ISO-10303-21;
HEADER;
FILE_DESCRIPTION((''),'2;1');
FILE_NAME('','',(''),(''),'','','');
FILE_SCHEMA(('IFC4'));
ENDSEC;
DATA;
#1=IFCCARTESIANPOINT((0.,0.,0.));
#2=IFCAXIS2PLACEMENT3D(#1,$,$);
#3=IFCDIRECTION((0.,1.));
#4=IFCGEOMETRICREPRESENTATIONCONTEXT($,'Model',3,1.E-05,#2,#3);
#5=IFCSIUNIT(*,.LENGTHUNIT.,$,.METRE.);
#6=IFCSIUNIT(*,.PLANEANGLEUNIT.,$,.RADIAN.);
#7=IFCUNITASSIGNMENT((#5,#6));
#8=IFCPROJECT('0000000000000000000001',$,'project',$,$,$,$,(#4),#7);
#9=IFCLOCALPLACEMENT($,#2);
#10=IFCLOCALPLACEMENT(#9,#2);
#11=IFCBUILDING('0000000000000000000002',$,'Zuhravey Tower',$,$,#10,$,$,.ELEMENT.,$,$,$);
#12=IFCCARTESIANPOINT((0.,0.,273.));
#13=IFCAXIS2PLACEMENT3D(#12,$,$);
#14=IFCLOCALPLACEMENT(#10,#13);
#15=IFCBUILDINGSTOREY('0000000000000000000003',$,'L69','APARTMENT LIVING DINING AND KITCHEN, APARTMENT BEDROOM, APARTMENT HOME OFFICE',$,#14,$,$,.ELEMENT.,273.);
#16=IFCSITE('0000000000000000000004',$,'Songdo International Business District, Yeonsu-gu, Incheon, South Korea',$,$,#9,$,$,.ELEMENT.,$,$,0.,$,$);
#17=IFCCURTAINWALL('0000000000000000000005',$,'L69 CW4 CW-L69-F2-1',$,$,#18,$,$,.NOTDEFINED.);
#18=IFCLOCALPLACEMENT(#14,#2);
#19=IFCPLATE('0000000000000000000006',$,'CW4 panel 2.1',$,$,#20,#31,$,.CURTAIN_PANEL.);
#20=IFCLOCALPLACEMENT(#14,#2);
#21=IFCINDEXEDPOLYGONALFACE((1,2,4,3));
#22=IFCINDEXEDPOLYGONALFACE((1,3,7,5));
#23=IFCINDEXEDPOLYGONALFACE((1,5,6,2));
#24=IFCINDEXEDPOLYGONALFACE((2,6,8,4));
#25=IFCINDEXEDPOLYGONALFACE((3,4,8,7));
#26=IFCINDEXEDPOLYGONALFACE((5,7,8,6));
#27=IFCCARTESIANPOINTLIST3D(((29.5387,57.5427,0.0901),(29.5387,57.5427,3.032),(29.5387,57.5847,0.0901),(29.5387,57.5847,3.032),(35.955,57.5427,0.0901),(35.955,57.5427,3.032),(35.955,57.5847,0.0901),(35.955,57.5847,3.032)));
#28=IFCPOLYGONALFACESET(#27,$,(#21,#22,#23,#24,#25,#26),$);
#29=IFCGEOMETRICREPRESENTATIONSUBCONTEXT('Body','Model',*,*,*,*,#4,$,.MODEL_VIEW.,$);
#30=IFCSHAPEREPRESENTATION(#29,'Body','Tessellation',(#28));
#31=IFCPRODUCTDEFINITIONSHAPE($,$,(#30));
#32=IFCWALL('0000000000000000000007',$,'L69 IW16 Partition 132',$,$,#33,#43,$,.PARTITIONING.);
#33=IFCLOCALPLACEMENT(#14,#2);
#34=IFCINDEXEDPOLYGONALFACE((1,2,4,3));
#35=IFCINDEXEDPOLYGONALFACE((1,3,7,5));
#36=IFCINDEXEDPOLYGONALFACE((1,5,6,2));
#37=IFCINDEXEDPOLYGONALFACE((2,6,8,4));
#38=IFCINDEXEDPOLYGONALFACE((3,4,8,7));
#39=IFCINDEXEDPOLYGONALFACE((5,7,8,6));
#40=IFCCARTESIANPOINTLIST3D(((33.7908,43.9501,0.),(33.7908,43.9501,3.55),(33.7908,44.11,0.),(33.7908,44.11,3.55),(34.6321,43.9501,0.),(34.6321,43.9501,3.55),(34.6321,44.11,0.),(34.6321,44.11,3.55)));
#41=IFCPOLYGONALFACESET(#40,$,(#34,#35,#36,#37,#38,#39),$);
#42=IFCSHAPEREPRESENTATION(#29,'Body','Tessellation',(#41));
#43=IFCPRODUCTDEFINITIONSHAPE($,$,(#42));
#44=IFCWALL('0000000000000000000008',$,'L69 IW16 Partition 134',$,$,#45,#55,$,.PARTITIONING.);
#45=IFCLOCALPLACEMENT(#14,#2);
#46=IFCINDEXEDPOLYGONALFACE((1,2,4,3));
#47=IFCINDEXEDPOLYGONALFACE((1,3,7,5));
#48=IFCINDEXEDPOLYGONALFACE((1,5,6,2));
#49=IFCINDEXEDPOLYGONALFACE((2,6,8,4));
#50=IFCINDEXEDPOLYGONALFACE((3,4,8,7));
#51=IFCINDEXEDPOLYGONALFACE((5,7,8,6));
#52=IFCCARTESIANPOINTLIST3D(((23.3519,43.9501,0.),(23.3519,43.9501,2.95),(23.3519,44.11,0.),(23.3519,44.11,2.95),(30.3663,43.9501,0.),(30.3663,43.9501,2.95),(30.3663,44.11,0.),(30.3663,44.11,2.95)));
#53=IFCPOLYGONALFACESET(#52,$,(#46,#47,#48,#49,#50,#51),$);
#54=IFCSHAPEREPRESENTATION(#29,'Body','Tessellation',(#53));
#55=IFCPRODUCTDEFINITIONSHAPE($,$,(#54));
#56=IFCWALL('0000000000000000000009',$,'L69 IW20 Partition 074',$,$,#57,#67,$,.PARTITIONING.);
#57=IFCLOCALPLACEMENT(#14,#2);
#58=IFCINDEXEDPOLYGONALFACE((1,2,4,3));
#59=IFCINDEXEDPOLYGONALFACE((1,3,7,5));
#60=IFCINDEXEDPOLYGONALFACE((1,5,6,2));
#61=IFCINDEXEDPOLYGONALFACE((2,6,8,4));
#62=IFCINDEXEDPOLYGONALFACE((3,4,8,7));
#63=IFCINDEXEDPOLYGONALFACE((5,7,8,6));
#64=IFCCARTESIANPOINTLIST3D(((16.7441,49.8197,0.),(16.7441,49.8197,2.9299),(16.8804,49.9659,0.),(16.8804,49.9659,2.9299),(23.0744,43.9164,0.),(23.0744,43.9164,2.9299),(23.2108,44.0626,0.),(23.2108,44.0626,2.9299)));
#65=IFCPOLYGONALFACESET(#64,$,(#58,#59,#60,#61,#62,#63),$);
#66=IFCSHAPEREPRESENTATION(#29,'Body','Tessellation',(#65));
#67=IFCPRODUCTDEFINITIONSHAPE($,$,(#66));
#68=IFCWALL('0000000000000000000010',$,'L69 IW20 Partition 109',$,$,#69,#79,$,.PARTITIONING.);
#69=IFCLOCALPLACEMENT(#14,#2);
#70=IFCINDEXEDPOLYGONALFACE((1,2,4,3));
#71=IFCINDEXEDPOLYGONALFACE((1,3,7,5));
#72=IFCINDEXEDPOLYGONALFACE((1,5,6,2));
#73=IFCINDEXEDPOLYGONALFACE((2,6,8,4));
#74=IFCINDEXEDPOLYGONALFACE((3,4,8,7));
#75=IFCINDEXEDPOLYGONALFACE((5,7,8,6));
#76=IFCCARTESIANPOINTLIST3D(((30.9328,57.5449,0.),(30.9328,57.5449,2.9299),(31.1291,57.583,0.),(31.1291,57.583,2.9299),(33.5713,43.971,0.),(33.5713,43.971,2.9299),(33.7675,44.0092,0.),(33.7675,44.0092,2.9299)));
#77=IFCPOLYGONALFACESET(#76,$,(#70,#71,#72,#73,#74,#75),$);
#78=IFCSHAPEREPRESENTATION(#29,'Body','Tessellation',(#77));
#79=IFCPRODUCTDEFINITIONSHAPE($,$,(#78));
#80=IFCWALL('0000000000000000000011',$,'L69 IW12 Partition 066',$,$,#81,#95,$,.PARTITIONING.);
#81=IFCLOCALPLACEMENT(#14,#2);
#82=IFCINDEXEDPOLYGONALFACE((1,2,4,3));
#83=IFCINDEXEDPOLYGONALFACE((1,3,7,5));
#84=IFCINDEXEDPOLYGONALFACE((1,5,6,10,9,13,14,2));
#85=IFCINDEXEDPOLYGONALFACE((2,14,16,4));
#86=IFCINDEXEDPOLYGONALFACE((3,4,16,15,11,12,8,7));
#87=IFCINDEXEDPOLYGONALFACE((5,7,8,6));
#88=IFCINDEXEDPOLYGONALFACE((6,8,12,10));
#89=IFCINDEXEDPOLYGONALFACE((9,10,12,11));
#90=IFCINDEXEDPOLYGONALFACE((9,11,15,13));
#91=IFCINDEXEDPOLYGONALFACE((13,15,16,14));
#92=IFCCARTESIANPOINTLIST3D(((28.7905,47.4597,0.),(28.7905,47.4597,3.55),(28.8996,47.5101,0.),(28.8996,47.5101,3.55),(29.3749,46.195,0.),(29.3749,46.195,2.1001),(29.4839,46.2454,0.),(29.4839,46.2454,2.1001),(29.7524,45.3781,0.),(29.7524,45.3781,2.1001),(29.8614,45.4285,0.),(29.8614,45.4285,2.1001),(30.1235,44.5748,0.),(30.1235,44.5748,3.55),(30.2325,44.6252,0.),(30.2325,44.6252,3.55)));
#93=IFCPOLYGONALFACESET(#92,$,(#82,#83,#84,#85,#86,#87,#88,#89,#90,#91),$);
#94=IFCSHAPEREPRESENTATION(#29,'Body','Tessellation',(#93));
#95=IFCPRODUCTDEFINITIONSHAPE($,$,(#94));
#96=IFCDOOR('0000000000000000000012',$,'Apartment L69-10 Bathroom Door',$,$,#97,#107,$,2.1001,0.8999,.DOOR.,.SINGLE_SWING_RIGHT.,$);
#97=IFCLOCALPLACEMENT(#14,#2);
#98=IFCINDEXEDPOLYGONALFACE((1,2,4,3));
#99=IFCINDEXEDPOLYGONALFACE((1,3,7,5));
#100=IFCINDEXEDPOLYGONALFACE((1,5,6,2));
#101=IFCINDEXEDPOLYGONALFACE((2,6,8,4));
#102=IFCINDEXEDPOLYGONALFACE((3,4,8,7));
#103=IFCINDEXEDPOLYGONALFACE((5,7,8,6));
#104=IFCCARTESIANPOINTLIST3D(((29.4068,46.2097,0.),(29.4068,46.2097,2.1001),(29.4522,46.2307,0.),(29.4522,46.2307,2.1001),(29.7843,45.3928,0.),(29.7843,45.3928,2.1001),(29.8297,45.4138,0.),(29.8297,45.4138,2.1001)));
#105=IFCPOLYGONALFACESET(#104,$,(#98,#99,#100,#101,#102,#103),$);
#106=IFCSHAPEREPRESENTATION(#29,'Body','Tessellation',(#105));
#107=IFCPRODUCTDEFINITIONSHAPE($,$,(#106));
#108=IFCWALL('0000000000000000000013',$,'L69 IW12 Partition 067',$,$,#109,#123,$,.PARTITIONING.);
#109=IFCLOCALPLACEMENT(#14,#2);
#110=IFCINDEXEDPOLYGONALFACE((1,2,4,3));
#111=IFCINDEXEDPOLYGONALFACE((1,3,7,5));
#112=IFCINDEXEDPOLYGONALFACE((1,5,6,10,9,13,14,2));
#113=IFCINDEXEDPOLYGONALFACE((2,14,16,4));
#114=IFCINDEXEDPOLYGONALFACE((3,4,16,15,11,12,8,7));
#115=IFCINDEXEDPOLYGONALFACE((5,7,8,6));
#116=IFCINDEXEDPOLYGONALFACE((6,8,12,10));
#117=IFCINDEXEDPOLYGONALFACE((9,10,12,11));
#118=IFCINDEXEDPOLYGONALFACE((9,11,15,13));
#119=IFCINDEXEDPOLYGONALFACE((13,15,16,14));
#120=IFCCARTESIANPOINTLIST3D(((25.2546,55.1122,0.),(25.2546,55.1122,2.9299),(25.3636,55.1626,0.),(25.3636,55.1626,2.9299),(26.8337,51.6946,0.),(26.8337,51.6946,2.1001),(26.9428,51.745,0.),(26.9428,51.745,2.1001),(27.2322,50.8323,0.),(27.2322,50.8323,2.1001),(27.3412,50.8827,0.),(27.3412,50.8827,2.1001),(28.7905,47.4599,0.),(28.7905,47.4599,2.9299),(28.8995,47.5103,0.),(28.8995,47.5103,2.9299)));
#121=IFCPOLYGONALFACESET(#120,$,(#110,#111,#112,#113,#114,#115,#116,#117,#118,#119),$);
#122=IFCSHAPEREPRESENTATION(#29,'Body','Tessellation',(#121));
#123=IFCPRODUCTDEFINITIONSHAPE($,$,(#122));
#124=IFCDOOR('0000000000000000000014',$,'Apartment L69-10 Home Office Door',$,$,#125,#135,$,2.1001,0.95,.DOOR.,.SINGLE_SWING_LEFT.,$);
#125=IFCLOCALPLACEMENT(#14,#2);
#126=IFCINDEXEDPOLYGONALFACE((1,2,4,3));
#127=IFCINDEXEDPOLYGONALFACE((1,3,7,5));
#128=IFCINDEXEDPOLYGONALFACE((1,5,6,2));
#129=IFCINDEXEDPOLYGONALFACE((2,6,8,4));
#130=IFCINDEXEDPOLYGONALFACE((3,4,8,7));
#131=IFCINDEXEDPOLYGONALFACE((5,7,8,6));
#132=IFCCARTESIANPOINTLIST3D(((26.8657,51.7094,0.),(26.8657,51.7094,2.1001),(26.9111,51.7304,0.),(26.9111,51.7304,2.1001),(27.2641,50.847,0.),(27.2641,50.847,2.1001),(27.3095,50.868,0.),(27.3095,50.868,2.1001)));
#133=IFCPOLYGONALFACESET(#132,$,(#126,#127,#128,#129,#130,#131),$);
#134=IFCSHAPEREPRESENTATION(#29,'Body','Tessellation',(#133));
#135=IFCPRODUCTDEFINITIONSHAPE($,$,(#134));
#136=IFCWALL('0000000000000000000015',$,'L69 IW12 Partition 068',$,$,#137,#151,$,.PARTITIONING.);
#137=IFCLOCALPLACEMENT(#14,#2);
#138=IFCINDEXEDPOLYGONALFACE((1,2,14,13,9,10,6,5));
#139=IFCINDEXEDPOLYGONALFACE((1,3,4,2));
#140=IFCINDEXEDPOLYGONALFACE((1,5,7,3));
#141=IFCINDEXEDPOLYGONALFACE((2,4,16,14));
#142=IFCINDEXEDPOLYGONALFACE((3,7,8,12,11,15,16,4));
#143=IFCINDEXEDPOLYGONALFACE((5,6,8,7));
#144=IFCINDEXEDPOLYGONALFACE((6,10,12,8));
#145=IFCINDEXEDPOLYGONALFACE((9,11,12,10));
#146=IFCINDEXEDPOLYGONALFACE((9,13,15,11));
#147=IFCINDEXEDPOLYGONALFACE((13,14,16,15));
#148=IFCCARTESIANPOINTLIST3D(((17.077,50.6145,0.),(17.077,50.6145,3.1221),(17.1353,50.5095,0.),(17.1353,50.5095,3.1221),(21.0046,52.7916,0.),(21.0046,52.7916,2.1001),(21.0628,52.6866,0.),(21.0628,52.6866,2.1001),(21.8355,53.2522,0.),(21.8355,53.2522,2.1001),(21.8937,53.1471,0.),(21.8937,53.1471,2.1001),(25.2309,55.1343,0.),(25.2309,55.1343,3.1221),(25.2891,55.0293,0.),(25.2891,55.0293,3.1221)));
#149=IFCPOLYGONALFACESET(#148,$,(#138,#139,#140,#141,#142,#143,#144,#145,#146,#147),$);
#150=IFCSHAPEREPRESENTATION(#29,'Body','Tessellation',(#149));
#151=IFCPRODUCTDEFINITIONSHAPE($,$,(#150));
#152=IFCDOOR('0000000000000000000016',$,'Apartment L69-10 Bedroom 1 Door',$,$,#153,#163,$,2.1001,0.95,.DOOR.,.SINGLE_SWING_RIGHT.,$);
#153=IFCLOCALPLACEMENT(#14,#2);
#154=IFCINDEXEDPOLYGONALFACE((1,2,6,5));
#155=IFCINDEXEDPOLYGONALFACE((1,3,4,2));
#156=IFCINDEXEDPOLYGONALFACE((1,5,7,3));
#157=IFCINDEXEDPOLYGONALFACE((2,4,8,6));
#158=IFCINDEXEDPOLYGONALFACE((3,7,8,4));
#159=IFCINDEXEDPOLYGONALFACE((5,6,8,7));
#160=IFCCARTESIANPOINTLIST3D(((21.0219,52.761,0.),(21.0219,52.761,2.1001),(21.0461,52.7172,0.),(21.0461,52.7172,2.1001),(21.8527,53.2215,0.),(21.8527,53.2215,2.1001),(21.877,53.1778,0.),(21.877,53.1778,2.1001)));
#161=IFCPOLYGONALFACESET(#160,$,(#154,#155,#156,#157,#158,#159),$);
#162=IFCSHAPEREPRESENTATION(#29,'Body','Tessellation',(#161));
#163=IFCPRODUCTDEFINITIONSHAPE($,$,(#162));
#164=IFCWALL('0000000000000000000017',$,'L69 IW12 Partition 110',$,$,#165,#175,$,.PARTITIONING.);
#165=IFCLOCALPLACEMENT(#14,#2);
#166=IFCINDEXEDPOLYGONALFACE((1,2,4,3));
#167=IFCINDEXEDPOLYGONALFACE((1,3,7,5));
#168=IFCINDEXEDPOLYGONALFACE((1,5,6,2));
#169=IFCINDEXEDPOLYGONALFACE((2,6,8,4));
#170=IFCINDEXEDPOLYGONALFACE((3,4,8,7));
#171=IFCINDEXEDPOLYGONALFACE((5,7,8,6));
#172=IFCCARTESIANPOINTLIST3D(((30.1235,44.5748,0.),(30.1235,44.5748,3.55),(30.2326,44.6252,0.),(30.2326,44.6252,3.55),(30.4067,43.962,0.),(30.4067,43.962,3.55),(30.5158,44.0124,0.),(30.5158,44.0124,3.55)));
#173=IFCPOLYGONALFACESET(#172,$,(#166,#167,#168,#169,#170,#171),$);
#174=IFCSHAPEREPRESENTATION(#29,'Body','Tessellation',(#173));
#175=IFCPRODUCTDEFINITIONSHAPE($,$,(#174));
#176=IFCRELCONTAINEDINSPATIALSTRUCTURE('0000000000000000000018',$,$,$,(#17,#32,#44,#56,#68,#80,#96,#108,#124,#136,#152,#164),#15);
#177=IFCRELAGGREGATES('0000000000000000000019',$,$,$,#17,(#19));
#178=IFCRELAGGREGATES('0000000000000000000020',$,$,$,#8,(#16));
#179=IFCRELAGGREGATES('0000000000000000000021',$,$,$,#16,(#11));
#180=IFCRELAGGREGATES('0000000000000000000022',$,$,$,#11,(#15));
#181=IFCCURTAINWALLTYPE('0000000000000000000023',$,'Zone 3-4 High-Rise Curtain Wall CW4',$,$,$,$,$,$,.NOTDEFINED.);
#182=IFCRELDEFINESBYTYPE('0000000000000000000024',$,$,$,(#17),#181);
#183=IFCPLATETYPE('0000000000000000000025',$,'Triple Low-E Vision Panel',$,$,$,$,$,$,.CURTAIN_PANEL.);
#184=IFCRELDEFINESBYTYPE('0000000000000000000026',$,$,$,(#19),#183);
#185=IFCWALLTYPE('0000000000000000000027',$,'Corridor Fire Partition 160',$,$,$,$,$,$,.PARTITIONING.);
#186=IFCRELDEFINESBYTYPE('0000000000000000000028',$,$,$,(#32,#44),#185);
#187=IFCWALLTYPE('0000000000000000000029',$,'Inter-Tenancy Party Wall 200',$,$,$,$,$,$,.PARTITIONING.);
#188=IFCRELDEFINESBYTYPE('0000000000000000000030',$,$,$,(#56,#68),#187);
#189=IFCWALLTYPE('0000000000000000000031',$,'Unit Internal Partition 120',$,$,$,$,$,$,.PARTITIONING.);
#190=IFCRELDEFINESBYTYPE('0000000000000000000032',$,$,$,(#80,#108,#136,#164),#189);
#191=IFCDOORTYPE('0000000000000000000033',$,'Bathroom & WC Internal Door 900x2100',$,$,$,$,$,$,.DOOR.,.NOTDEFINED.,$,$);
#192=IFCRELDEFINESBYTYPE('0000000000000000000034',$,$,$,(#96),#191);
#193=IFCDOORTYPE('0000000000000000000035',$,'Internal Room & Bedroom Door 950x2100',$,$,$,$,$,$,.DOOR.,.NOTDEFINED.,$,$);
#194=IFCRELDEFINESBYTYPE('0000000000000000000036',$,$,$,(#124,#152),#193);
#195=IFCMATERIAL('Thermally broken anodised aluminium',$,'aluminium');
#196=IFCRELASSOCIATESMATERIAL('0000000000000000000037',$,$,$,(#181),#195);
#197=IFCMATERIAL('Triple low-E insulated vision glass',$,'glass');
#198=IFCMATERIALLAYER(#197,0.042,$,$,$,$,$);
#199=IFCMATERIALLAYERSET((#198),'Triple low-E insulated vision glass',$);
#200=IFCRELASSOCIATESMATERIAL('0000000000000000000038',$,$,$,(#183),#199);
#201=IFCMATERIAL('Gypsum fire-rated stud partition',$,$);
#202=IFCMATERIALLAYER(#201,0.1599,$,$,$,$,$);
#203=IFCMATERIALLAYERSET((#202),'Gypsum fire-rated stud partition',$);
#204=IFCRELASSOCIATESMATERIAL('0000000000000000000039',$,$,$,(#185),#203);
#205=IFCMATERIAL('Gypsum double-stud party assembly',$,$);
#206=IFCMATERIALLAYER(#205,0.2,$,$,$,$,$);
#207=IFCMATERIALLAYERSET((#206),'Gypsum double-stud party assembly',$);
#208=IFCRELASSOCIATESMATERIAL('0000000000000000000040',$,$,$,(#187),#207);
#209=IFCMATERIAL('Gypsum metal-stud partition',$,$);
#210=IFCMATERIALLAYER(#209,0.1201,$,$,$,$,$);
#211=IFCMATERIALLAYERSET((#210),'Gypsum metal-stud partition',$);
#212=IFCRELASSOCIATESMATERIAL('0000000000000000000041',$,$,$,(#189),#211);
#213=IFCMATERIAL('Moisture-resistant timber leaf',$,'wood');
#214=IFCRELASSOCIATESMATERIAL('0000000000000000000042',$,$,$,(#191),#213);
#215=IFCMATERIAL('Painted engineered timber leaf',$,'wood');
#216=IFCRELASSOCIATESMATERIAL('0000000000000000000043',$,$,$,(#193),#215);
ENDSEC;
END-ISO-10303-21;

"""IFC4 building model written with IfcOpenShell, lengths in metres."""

from ifc_helpers import new_model, si_unit, direction, frame, frame_2d, origin, origin_2d, place, context, subcontext, project, spatial, rectangle, extrude, material, layer, layer_set, type_object, element, fill, aggregate, save


model = new_model("IFC4")

# Units and contexts
model_context = context("Model", 3, precision=1e-05, world=origin(), true_north=direction((0.0, 1.0)))
body_context = subcontext(model_context, "Body", "Model", "MODEL_VIEW")
ifc_project = project(units=[si_unit("LENGTHUNIT", "METRE"), si_unit("PLANEANGLEUNIT", "RADIAN")], contexts=[model_context])

# Site, building, storey
site_placement = place(None, origin())
site = spatial("IfcSite", under=ifc_project, at=site_placement, Name="Songdo International Business District, Yeonsu-gu, Incheon, South Korea", CompositionType="ELEMENT", RefElevation=0.0)
building_placement = place(site_placement, origin())
building = spatial("IfcBuilding", under=site, at=building_placement, Name="Zuhravey Tower", CompositionType="ELEMENT")
storey_placement = place(building_placement, frame((0.0, 0.0, 273.0)))
storey = spatial("IfcBuildingStorey", under=building, at=storey_placement, Name="L69", Description="APARTMENT LIVING DINING AND KITCHEN, APARTMENT BEDROOM, APARTMENT HOME OFFICE", CompositionType="ELEMENT", Elevation=273.0)

# Curtain wall
ifc_material_1 = material(Name="Thermally broken anodised aluminium", Category="aluminium")
curtain_wall_type = type_object("IfcCurtainWallType", Name="Zone 3-4 High-Rise Curtain Wall CW4", PredefinedType="NOTDEFINED", material=ifc_material_1)
curtain_wall_placement = place(storey_placement, origin())
curtain_wall = element("IfcCurtainWall", 1, at=curtain_wall_placement, inside=storey, type_object=curtain_wall_type, Name="L69 CW4 CW-L69-F2-1", PredefinedType="NOTDEFINED")

# Plate
ifc_material_2 = material(Name="Triple low-E insulated vision glass", Category="glass")
ifc_layer_1 = layer(ifc_material_2, 0.042)
ifc_layer_set_1 = layer_set([ifc_layer_1], Name="Triple low-E insulated vision glass")
plate_type = type_object("IfcPlateType", Name="Triple Low-E Vision Panel", PredefinedType="CURTAIN_PANEL", material=ifc_layer_set_1)
plate_1_placement = place(storey_placement, frame((32.7468, 57.5637, 0.0901), z_axis=(0.0, 0.0, 1.0), x_axis=(1.0, 0.0, 0.0)))
plate_1 = element("IfcPlate", 2, at=plate_1_placement, type_object=plate_type, Name="CW4 panel 2.1", PredefinedType="CURTAIN_PANEL", context=body_context, shape_type="SweptSolid", body=[
    extrude(rectangle(XDim=6.4163, YDim=0.042, at=origin_2d()), origin(), (0.0, 0.0, 1.0), 2.9419),
])
aggregate(curtain_wall, [plate_1])

# Shared definitions
ifc_material_3 = material(Name="Gypsum fire-rated stud partition")
ifc_layer_2 = layer(ifc_material_3, 0.1599)
ifc_layer_set_2 = layer_set([ifc_layer_2], Name="Gypsum fire-rated stud partition")
wall_type_1 = type_object("IfcWallType", Name="Corridor Fire Partition 160", PredefinedType="PARTITIONING", material=ifc_layer_set_2)

# Walls
wall_1_placement = place(storey_placement, frame((34.6321, 44.03, 0.0), z_axis=(0.0, 0.0, 1.0), x_axis=(-1.0, 0.0, 0.0)))
element("IfcWall", 3, at=wall_1_placement, inside=storey, type_object=wall_type_1, Name="L69 IW16 Partition 132", PredefinedType="PARTITIONING", context=body_context, shape_type="SweptSolid", body=[
    extrude(rectangle(XDim=0.8413, YDim=0.1599, at=frame_2d((0.4207, 0.0))), origin(), (0.0, 0.0, 1.0), 3.55),
])
wall_2_placement = place(storey_placement, frame((30.3665, 44.03, 0.0), z_axis=(0.0, 0.0, 1.0), x_axis=(-1.0, 0.0, 0.0)))
element("IfcWall", 4, at=wall_2_placement, inside=storey, type_object=wall_type_1, Name="L69 IW16 Partition 134", PredefinedType="PARTITIONING", context=body_context, shape_type="SweptSolid", body=[
    extrude(rectangle(XDim=7.0144, YDim=0.1599, at=frame_2d((3.5073, 0.0))), origin(), (0.0, 0.0, 1.0), 2.95),
])
ifc_material_4 = material(Name="Gypsum double-stud party assembly")
ifc_layer_3 = layer(ifc_material_4, 0.2)
ifc_layer_set_3 = layer_set([ifc_layer_3], Name="Gypsum double-stud party assembly")
wall_type_2 = type_object("IfcWallType", Name="Inter-Tenancy Party Wall 200", PredefinedType="PARTITIONING", material=ifc_layer_set_3)
wall_3_placement = place(storey_placement, frame((23.1426, 43.9895, 0.0), z_axis=(0.0, 0.0, 1.0), x_axis=(-0.731342, 0.682011, 0.0)))
element("IfcWall", 5, at=wall_3_placement, inside=storey, type_object=wall_type_2, Name="L69 IW20 Partition 074", PredefinedType="PARTITIONING", context=body_context, shape_type="SweptSolid", body=[
    extrude(rectangle(XDim=8.6558, YDim=0.2, at=frame_2d((4.3279, 0.0))), origin(), (0.0, 0.0, 1.0), 2.9299),
])
wall_4_placement = place(storey_placement, frame((33.6694, 43.99, 0.0), z_axis=(0.0, 0.0, 1.0), x_axis=(-0.190806, 0.981628, 0.0)))
element("IfcWall", 6, at=wall_4_placement, inside=storey, type_object=wall_type_2, Name="L69 IW20 Partition 109", PredefinedType="PARTITIONING", context=body_context, shape_type="SweptSolid", body=[
    extrude(rectangle(XDim=13.8279, YDim=0.2, at=frame_2d((6.9141, 0.0))), origin(), (0.0, 0.0, 1.0), 2.9299),
])

# Walls, openings, doors
ifc_material_5 = material(Name="Gypsum metal-stud partition")
ifc_layer_4 = layer(ifc_material_5, 0.1201)
ifc_layer_set_4 = layer_set([ifc_layer_4], Name="Gypsum metal-stud partition")
wall_type_3 = type_object("IfcWallType", Name="Unit Internal Partition 120", PredefinedType="PARTITIONING", material=ifc_layer_set_4)
wall_5_placement = place(storey_placement, frame((30.178, 44.6001, 0.0), z_axis=(0.0, 0.0, 1.0), x_axis=(-0.419438, 0.907784, 0.0)))
wall_5 = element("IfcWall", 7, at=wall_5_placement, inside=storey, type_object=wall_type_3, Name="L69 IW12 Partition 066", PredefinedType="PARTITIONING", context=body_context, shape_type="SweptSolid", body=[
    extrude(rectangle(XDim=3.178, YDim=0.1201, at=frame_2d((1.5889, 0.0))), origin(), (0.0, 0.0, 1.0), 3.55),
])
opening_1_placement = place(wall_5_placement, frame((0.8848, 0.0, 0.0)))
opening_1 = element("IfcOpeningElement", 8, at=opening_1_placement, cuts=wall_5, PredefinedType="OPENING", context=body_context, shape_type="SweptSolid", body=[
    extrude(rectangle(XDim=0.8999, YDim=2.1001, at=frame_2d((0.45, 1.05))), frame((0.0, 0.072, 0.0), z_axis=(0.0, -1.0, 0.0), x_axis=(1.0, 0.0, 0.0)), (0.0, 0.0, 1.0), 0.144),
])
ifc_material_6 = material(Name="Moisture-resistant timber leaf", Category="wood")
door_type_1 = type_object("IfcDoorType", Name="Bathroom & WC Internal Door 900x2100", OperationType="NOTDEFINED", PredefinedType="DOOR", material=ifc_material_6)
door_1_placement = place(opening_1_placement, origin())
door_1 = element("IfcDoor", 9, at=door_1_placement, inside=storey, type_object=door_type_1, Name="Apartment L69-10 Bathroom Door", OperationType="SINGLE_SWING_RIGHT", OverallHeight=2.1001, OverallWidth=0.8999, PredefinedType="DOOR", context=body_context, shape_type="SweptSolid", body=[
    extrude(rectangle(XDim=0.8999, YDim=2.1001, at=frame_2d((0.45, 1.05))), frame((0.0, 0.0249, 0.0), z_axis=(0.0, -1.0, 0.0), x_axis=(1.0, 0.0, 0.0)), (0.0, 0.0, 1.0), 0.05),
])
fill(opening_1, door_1)
wall_6_placement = place(storey_placement, frame((28.845, 47.4851, 0.0), z_axis=(0.0, 0.0, 1.0), x_axis=(-0.419453, 0.907777, 0.0)))
wall_6 = element("IfcWall", 10, at=wall_6_placement, inside=storey, type_object=wall_type_3, Name="L69 IW12 Partition 067", PredefinedType="PARTITIONING", context=body_context, shape_type="SweptSolid", body=[
    extrude(rectangle(XDim=8.4297, YDim=0.1201, at=frame_2d((4.2148, 0.0))), origin(), (0.0, 0.0, 1.0), 2.9299),
])
opening_2_placement = place(wall_6_placement, frame((3.7148, 0.0, 0.0)))
opening_2 = element("IfcOpeningElement", 11, at=opening_2_placement, cuts=wall_6, PredefinedType="OPENING", context=body_context, shape_type="SweptSolid", body=[
    extrude(rectangle(XDim=0.95, YDim=2.1001, at=frame_2d((0.4751, 1.05))), frame((0.0, 0.072, 0.0), z_axis=(0.0, -1.0, 0.0), x_axis=(1.0, 0.0, 0.0)), (0.0, 0.0, 1.0), 0.144),
])
ifc_material_7 = material(Name="Painted engineered timber leaf", Category="wood")
door_type_2 = type_object("IfcDoorType", Name="Internal Room & Bedroom Door 950x2100", OperationType="NOTDEFINED", PredefinedType="DOOR", material=ifc_material_7)
door_2_placement = place(opening_2_placement, origin())
door_2 = element("IfcDoor", 12, at=door_2_placement, inside=storey, type_object=door_type_2, Name="Apartment L69-10 Home Office Door", OperationType="SINGLE_SWING_LEFT", OverallHeight=2.1001, OverallWidth=0.95, PredefinedType="DOOR", context=body_context, shape_type="SweptSolid", body=[
    extrude(rectangle(XDim=0.95, YDim=2.1001, at=frame_2d((0.4751, 1.05))), frame((0.0, 0.0249, 0.0), z_axis=(0.0, -1.0, 0.0), x_axis=(1.0, 0.0, 0.0)), (0.0, 0.0, 1.0), 0.05),
])
fill(opening_2, door_2)
wall_7_placement = place(storey_placement, frame((25.26, 55.0818, 0.0), z_axis=(0.0, 0.0, 1.0), x_axis=(-0.874618, -0.484813, 0.0)))
wall_7 = element("IfcWall", 13, at=wall_7_placement, inside=storey, type_object=wall_type_3, Name="L69 IW12 Partition 068", PredefinedType="PARTITIONING", context=body_context, shape_type="SweptSolid", body=[
    extrude(rectangle(XDim=9.3228, YDim=0.1201, at=frame_2d((4.6614, 0.0))), origin(), (0.0, 0.0, 1.0), 3.1221),
])
opening_3_placement = place(wall_7_placement, frame((3.8821, 0.0, 0.0)))
opening_3 = element("IfcOpeningElement", 14, at=opening_3_placement, cuts=wall_7, PredefinedType="OPENING", context=body_context, shape_type="SweptSolid", body=[
    extrude(rectangle(XDim=0.95, YDim=2.1001, at=frame_2d((0.4751, 1.05))), frame((0.0, 0.072, 0.0), z_axis=(0.0, -1.0, 0.0), x_axis=(1.0, 0.0, 0.0)), (0.0, 0.0, 1.0), 0.144),
])
door_3_placement = place(opening_3_placement, frame((0.95, 0.0, 0.0), z_axis=(0.0, 0.0, 1.0), x_axis=(-1.0, 0.0, 0.0)))
door_3 = element("IfcDoor", 15, at=door_3_placement, inside=storey, type_object=door_type_2, Name="Apartment L69-10 Bedroom 1 Door", OperationType="SINGLE_SWING_RIGHT", OverallHeight=2.1001, OverallWidth=0.95, PredefinedType="DOOR", context=body_context, shape_type="SweptSolid", body=[
    extrude(rectangle(XDim=0.95, YDim=2.1001, at=frame_2d((0.4751, 1.05))), frame((0.0, 0.0249, 0.0), z_axis=(0.0, -1.0, 0.0), x_axis=(1.0, 0.0, 0.0)), (0.0, 0.0, 1.0), 0.05),
])
fill(opening_3, door_3)

# Wall
wall_8_placement = place(storey_placement, frame((30.4612, 43.9873, 0.0), z_axis=(0.0, 0.0, 1.0), x_axis=(-0.419517, 0.907748, 0.0)))
element("IfcWall", 16, at=wall_8_placement, inside=storey, type_object=wall_type_3, Name="L69 IW12 Partition 110", PredefinedType="PARTITIONING", context=body_context, shape_type="SweptSolid", body=[
    extrude(rectangle(XDim=0.675, YDim=0.1201, at=frame_2d((0.3374, 0.0))), origin(), (0.0, 0.0, 1.0), 3.55),
])

save(model, "model.ifc")
